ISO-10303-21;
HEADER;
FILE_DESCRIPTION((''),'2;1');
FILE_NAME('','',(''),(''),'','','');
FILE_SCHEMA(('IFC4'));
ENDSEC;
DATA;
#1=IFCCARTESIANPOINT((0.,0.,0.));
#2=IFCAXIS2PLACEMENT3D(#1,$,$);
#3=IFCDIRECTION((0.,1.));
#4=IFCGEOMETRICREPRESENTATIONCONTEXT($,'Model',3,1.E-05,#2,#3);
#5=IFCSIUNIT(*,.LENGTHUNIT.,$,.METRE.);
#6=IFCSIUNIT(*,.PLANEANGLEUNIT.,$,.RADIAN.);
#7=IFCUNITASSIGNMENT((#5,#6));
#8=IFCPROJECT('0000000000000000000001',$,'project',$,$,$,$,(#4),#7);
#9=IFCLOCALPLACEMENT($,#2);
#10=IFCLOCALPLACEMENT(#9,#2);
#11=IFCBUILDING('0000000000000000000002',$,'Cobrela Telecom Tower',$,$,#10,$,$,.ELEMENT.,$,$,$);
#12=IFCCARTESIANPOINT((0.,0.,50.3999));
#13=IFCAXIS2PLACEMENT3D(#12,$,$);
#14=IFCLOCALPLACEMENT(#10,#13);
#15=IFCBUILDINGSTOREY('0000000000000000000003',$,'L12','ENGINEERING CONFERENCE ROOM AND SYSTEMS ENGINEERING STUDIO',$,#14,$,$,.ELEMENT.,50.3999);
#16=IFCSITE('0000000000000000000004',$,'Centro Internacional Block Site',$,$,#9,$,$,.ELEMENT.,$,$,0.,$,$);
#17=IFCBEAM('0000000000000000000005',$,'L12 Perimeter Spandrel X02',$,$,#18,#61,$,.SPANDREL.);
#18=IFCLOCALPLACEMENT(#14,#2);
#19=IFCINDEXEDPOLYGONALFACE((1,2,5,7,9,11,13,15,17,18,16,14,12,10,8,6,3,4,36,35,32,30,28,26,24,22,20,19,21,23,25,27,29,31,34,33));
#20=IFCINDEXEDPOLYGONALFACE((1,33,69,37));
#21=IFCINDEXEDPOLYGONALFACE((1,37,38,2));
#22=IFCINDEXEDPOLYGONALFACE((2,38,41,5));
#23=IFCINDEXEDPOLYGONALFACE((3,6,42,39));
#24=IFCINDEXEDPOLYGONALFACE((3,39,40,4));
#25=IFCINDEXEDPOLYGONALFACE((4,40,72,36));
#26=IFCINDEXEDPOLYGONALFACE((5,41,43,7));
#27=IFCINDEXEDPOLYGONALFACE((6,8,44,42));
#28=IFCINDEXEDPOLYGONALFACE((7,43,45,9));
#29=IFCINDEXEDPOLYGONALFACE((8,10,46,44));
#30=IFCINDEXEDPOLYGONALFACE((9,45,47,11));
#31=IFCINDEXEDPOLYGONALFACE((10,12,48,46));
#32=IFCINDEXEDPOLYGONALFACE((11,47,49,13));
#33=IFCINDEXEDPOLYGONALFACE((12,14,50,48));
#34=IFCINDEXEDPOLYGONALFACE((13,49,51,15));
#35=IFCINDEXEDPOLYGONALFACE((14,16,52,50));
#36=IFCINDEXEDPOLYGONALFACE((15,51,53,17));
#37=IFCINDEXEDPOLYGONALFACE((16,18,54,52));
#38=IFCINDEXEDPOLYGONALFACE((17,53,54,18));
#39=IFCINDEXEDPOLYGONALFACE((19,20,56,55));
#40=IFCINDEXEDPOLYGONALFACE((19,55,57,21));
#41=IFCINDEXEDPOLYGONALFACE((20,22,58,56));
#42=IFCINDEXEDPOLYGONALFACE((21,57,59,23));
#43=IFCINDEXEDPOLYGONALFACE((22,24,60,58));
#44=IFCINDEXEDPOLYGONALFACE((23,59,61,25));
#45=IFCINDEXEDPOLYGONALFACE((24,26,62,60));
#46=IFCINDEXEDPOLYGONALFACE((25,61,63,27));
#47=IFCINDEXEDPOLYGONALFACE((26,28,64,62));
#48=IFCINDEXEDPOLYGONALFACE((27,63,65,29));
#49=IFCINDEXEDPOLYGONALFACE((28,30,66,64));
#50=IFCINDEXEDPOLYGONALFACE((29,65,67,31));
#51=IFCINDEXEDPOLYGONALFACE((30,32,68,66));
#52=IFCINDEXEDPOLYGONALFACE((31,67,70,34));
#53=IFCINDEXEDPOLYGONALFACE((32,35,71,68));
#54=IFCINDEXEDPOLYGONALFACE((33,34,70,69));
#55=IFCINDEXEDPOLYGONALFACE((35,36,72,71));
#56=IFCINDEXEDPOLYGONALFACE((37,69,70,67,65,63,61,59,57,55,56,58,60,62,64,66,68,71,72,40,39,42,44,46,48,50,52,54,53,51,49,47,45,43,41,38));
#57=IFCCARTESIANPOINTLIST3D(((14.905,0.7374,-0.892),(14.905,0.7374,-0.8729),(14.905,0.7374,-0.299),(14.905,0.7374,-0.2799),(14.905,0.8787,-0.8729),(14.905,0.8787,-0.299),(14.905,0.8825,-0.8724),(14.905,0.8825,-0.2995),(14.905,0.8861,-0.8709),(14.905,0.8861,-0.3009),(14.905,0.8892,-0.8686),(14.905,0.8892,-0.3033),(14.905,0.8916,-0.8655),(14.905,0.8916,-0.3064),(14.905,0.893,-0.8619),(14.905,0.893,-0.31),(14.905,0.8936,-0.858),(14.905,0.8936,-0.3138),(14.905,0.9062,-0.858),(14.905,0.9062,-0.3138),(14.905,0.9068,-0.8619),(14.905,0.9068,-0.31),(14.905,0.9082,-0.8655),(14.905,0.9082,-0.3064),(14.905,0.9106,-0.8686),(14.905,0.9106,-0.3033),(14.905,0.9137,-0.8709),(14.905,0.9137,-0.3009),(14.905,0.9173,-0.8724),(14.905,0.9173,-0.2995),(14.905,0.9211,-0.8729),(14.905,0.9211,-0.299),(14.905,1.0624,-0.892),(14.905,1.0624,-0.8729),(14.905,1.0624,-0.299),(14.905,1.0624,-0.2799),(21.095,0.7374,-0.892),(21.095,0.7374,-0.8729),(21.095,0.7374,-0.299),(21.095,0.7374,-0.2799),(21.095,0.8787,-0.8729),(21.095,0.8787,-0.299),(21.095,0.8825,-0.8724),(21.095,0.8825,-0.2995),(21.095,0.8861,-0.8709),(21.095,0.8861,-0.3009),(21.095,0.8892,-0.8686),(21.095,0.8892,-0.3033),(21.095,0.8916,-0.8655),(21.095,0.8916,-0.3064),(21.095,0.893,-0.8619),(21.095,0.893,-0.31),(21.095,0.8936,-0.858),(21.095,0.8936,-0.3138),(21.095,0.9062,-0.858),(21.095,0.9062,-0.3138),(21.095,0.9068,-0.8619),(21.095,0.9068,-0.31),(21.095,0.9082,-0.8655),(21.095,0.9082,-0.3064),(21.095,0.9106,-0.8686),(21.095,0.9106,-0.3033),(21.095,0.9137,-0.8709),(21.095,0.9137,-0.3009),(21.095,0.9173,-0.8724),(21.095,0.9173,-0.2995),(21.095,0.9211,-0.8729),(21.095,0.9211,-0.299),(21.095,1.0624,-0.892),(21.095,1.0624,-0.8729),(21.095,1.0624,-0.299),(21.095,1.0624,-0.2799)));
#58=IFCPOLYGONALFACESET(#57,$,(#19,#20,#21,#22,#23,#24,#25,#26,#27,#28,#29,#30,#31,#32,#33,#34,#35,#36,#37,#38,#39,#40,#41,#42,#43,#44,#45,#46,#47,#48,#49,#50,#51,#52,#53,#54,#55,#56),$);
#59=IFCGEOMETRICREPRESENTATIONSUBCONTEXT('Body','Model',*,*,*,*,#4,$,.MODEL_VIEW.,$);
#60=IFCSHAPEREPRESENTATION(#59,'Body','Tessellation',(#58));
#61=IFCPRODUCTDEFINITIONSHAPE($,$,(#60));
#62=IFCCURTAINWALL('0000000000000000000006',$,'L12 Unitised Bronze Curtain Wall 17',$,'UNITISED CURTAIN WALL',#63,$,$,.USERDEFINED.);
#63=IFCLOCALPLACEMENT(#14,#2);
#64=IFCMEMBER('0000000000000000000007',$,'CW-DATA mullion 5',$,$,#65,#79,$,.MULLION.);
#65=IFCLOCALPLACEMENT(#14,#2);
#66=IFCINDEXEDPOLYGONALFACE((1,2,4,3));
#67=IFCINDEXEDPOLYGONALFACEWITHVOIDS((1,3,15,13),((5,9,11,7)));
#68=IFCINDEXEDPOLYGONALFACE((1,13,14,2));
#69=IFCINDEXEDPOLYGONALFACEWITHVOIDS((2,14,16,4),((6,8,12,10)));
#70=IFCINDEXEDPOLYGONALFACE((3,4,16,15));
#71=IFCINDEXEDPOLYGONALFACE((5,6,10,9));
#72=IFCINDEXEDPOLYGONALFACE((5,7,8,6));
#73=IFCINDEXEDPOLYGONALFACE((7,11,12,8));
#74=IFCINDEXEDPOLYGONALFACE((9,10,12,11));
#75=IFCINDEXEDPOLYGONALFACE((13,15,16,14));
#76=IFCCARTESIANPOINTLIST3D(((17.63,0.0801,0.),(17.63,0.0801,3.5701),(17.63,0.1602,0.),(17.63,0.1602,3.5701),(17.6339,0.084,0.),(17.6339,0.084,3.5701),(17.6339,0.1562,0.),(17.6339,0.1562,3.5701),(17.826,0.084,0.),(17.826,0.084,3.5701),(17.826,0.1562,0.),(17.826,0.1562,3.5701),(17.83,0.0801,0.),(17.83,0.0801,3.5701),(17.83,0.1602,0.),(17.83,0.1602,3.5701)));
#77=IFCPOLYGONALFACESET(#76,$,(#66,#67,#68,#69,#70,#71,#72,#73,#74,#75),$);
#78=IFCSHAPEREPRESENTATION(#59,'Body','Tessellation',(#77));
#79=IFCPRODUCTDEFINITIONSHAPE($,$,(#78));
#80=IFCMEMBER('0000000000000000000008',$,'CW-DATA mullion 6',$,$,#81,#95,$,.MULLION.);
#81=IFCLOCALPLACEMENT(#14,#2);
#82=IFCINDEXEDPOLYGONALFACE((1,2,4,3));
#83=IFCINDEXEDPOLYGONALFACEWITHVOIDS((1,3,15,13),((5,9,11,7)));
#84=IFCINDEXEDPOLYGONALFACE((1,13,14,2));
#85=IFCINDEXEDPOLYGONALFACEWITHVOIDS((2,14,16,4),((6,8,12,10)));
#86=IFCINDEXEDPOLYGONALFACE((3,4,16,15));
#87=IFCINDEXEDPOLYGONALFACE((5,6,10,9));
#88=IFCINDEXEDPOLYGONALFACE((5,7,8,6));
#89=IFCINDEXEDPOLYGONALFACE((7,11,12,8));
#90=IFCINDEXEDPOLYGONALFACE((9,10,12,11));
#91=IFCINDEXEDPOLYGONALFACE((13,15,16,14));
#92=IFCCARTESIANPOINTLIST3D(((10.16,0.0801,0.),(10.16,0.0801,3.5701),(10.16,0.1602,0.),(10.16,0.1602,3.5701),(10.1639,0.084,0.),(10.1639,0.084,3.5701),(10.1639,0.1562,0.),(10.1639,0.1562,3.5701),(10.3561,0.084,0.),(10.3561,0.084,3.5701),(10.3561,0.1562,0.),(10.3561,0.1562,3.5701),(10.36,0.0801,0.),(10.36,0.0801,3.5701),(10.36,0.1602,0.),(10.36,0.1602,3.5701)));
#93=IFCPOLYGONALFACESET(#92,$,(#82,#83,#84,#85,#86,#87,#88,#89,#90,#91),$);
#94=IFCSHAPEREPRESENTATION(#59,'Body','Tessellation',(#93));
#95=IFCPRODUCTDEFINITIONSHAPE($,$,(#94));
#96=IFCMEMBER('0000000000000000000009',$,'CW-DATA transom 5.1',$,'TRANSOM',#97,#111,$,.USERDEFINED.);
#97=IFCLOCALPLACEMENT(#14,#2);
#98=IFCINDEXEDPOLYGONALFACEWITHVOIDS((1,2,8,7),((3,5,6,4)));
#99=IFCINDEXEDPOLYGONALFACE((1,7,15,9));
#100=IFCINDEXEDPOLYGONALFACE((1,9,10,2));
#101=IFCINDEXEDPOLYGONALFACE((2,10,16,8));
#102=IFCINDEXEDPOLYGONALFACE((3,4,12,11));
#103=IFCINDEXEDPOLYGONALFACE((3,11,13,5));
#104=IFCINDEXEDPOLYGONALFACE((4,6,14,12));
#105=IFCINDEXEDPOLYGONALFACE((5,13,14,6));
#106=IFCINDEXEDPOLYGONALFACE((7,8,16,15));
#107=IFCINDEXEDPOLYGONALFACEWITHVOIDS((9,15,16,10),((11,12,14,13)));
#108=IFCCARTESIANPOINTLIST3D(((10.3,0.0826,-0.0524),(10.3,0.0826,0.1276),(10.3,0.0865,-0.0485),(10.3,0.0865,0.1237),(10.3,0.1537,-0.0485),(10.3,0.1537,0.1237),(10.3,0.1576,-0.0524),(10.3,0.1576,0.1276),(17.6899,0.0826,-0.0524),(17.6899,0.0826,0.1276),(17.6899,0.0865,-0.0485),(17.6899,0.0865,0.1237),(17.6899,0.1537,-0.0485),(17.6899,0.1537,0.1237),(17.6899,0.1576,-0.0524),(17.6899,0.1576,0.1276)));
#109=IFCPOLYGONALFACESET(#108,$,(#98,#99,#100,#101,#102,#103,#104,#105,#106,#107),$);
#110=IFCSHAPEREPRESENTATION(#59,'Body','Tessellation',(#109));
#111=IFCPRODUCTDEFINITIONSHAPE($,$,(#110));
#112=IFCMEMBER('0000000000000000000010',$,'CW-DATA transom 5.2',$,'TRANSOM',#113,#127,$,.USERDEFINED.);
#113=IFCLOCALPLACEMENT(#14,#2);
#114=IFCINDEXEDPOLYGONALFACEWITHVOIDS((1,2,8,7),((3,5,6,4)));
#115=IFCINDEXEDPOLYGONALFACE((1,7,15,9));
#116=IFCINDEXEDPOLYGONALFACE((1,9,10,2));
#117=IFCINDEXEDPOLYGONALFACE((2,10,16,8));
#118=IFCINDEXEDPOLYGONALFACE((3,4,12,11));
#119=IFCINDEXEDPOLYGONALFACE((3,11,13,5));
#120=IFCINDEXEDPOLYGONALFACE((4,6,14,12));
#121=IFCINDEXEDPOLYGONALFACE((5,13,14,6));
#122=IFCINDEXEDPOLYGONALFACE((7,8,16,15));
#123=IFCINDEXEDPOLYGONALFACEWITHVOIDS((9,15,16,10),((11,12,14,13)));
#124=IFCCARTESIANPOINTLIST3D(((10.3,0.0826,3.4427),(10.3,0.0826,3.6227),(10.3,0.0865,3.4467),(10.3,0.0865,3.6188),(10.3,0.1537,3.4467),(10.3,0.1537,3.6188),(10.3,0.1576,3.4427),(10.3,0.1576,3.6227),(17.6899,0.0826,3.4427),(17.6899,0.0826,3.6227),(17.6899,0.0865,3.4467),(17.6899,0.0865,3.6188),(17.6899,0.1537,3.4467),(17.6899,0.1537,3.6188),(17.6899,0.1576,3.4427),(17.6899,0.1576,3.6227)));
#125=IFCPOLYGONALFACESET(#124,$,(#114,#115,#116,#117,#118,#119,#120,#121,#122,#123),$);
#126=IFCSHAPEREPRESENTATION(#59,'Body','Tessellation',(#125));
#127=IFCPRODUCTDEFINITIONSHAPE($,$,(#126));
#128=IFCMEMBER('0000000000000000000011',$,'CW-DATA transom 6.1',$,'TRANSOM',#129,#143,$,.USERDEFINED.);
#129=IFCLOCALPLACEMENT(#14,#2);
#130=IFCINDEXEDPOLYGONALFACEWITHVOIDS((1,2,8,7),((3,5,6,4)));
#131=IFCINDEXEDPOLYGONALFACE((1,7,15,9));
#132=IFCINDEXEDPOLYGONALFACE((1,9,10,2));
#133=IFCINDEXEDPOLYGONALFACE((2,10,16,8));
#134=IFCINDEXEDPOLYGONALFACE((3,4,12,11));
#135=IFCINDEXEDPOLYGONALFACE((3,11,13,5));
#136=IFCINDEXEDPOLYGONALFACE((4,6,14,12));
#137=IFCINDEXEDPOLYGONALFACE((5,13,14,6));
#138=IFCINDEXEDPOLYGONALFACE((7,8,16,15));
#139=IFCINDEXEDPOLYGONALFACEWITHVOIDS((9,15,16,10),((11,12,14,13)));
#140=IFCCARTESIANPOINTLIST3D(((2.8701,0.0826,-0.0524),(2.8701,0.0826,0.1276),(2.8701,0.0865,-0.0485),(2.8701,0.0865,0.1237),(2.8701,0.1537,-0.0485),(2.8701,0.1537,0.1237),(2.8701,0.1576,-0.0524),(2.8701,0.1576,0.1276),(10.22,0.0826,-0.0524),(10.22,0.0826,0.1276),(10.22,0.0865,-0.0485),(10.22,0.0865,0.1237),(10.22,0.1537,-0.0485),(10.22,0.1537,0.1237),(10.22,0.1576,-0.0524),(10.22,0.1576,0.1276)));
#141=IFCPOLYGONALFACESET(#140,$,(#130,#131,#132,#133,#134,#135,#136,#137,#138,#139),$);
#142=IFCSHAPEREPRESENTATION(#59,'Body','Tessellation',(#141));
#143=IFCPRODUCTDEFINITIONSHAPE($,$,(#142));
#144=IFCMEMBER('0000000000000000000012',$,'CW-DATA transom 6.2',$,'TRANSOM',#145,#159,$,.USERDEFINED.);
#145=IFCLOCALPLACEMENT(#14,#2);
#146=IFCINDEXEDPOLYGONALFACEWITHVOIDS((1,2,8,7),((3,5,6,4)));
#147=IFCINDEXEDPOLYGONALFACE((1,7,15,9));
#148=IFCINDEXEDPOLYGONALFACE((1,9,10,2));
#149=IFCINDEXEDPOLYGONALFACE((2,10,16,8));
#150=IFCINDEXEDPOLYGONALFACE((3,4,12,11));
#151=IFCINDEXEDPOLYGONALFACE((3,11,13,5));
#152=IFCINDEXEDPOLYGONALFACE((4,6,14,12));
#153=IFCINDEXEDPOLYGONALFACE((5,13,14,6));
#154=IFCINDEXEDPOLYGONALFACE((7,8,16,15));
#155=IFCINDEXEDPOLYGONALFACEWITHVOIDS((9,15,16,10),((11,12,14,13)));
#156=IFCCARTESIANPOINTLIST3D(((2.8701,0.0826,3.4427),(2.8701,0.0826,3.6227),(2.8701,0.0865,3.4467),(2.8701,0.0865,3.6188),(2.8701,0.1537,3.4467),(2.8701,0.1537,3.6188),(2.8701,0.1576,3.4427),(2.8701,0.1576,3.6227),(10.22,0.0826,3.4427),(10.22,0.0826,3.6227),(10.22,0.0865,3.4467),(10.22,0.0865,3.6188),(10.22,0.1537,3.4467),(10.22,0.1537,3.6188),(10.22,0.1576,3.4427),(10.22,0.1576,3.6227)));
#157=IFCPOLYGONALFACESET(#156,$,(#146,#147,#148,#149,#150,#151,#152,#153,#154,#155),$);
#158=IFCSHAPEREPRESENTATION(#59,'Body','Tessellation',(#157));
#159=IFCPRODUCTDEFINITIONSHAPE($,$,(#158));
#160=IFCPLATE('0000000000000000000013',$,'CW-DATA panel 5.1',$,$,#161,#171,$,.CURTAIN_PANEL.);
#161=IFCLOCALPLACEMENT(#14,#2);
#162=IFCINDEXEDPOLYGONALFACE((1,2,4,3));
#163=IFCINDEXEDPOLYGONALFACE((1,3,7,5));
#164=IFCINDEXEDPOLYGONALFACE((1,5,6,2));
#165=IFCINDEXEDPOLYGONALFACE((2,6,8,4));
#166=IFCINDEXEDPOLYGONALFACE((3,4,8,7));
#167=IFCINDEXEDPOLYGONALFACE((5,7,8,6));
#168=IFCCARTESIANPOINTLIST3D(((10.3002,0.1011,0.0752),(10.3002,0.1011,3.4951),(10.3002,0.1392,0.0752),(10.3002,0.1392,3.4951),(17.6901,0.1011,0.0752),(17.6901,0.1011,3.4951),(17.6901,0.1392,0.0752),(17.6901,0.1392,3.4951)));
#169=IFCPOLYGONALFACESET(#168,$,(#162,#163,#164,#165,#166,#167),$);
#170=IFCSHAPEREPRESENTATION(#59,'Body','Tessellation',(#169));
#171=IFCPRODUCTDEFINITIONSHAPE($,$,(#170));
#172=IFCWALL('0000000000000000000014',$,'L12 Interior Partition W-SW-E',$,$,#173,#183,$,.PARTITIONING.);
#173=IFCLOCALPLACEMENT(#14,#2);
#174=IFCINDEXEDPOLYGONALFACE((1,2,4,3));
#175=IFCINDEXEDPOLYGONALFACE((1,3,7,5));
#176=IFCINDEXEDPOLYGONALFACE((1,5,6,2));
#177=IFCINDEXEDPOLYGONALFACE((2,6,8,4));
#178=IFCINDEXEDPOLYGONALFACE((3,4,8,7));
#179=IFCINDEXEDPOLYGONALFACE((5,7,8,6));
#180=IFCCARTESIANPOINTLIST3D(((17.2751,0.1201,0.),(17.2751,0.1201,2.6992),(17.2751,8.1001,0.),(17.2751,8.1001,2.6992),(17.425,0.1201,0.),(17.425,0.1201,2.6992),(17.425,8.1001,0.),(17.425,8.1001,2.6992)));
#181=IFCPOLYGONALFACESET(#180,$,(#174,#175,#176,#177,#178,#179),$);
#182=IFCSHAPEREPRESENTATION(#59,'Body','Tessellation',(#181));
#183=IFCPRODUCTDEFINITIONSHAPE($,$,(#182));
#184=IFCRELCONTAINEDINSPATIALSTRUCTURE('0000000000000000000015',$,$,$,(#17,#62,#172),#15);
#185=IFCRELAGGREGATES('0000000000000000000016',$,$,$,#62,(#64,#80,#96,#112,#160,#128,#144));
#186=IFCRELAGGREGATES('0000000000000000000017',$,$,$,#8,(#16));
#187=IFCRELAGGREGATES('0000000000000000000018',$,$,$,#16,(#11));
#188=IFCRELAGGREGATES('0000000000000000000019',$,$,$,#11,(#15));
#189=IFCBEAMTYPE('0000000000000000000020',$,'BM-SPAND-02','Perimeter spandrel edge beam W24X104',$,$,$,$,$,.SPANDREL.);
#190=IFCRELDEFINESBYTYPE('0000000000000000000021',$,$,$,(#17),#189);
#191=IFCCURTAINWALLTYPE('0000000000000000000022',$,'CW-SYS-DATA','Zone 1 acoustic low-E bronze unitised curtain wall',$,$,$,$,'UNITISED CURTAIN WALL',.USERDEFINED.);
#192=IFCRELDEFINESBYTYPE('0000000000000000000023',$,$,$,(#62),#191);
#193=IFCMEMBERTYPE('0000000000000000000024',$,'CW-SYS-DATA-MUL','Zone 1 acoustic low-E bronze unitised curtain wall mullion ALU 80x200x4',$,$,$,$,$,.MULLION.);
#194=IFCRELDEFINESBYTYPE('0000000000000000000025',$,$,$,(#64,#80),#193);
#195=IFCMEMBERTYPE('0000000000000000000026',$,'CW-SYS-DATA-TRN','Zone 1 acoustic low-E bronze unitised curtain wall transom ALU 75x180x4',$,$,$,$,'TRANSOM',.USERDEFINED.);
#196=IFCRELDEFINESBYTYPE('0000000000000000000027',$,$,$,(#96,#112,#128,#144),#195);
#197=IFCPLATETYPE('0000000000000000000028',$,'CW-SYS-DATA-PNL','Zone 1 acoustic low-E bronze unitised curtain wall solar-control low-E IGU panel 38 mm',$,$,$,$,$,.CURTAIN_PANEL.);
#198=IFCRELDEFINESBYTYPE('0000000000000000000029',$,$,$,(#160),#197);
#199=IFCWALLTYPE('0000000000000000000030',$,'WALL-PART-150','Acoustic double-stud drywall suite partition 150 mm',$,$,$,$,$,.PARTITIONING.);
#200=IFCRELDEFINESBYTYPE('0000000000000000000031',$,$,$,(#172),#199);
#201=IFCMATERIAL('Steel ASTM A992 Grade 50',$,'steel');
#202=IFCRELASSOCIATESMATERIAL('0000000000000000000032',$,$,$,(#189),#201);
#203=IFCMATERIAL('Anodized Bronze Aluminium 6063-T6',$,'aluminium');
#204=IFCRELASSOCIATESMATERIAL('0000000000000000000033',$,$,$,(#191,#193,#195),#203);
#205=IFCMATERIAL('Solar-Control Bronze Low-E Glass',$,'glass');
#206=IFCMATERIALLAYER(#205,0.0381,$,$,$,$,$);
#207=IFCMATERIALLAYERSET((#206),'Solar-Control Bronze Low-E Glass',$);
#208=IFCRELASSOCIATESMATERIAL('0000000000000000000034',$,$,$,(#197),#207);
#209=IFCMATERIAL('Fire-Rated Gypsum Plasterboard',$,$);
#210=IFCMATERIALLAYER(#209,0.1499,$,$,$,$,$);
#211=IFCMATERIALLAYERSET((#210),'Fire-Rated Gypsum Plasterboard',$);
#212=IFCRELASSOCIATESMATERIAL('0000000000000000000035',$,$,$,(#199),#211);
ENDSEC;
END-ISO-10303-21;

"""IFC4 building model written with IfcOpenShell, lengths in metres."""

from ifc_helpers import new_model, si_unit, direction, frame, frame_2d, origin, origin_2d, place, context, subcontext, project, spatial, rectangle, hollow_rectangle, i_section, extrude, material, layer, layer_set, material_profile, profile_set, type_object, element, aggregate, save


model = new_model("IFC4")

# Units and contexts
model_context = context("Model", 3, precision=1e-05, world=origin(), true_north=direction((0.0, 1.0)))
body_context = subcontext(model_context, "Body", "Model", "MODEL_VIEW")
ifc_project = project(units=[si_unit("LENGTHUNIT", "METRE"), si_unit("PLANEANGLEUNIT", "RADIAN")], contexts=[model_context])

# Site, building, storey
site_placement = place(None, origin())
site = spatial("IfcSite", under=ifc_project, at=site_placement, Name="Centro Internacional Block Site", CompositionType="ELEMENT", RefElevation=0.0)
building_placement = place(site_placement, origin())
building = spatial("IfcBuilding", under=site, at=building_placement, Name="Cobrela Telecom Tower", CompositionType="ELEMENT")
storey_placement = place(building_placement, frame((0.0, 0.0, 50.3999)))
storey = spatial("IfcBuildingStorey", under=building, at=storey_placement, Name="L12", Description="ENGINEERING CONFERENCE ROOM AND SYSTEMS ENGINEERING STUDIO", CompositionType="ELEMENT", Elevation=50.3999)

# Beam
ifc_material_1 = material(Name="Steel ASTM A992 Grade 50", Category="steel")
ifc_material_profile_1 = material_profile(ifc_material_1, i_section(OverallWidth=0.325, OverallDepth=0.6121, WebThickness=0.0127, FlangeThickness=0.019, FilletRadius=0.0149, at=origin_2d()), Name="W24X104")
ifc_profile_set_1 = profile_set([ifc_material_profile_1], Name="Steel ASTM A992 Grade 50")
beam_type_1 = type_object("IfcBeamType", Name="BM-SPAND-02", Description="Perimeter spandrel edge beam W24X104", PredefinedType="SPANDREL", material=ifc_profile_set_1)
for number, where, z_axis, x_axis, name in (
    (1, (14.905, 0.8999, -0.5859), (1.0, 0.0, 0.0), (0.0, 1.0, 0.0), "L12 Perimeter Spandrel X02"),
):
    element("IfcBeam", number, at=place(storey_placement, frame(where, z_axis=z_axis, x_axis=x_axis)), inside=storey, type_object=beam_type_1, Name=name, PredefinedType="SPANDREL", context=body_context, shape_type="SweptSolid", body=[
        extrude(i_section(OverallWidth=0.325, OverallDepth=0.6121, WebThickness=0.0127, FlangeThickness=0.019, FilletRadius=0.0149, at=origin_2d()), origin(), (0.0, 0.0, 1.0), 6.1899),
    ])

# Curtain wall, members, plate
ifc_material_2 = material(Name="Anodized Bronze Aluminium 6063-T6", Category="aluminium")
curtain_wall_type = type_object("IfcCurtainWallType", Name="CW-SYS-DATA", Description="Zone 1 acoustic low-E bronze unitised curtain wall", ElementType="UNITISED CURTAIN WALL", PredefinedType="USERDEFINED", material=ifc_material_2)
curtain_wall_placement = place(storey_placement, origin())
curtain_wall = element("IfcCurtainWall", 2, at=curtain_wall_placement, inside=storey, type_object=curtain_wall_type, Name="L12 Unitised Bronze Curtain Wall 17", ObjectType="UNITISED CURTAIN WALL", PredefinedType="USERDEFINED")
ifc_material_profile_2 = material_profile(ifc_material_2, hollow_rectangle(XDim=0.0801, YDim=0.2, WallThickness=0.0039, at=origin_2d()), Name="ALU 80x200x4")
ifc_profile_set_2 = profile_set([ifc_material_profile_2], Name="Anodized Bronze Aluminium 6063-T6")
member_type_1 = type_object("IfcMemberType", Name="CW-SYS-DATA-MUL", Description="Zone 1 acoustic low-E bronze unitised curtain wall mullion ALU 80x200x4", PredefinedType="MULLION", material=ifc_profile_set_2)
member_1_placement = place(storey_placement, frame((17.73, 0.1201, 0.0), z_axis=(0.0, 0.0, 1.0), x_axis=(0.0, -1.0, 0.0)))
member_1 = element("IfcMember", 3, at=member_1_placement, type_object=member_type_1, Name="CW-DATA mullion 5", PredefinedType="MULLION", context=body_context, shape_type="SweptSolid", body=[
    extrude(hollow_rectangle(XDim=0.0801, YDim=0.2, WallThickness=0.0039, at=origin_2d()), origin(), (0.0, 0.0, 1.0), 3.5701),
])
member_2_placement = place(storey_placement, frame((10.26, 0.1201, 0.0), z_axis=(0.0, 0.0, 1.0), x_axis=(0.0, -1.0, 0.0)))
member_2 = element("IfcMember", 4, at=member_2_placement, type_object=member_type_1, Name="CW-DATA mullion 6", PredefinedType="MULLION", context=body_context, shape_type="SweptSolid", body=[
    extrude(hollow_rectangle(XDim=0.0801, YDim=0.2, WallThickness=0.0039, at=origin_2d()), origin(), (0.0, 0.0, 1.0), 3.5701),
])
ifc_material_profile_3 = material_profile(ifc_material_2, hollow_rectangle(XDim=0.075, YDim=0.1799, WallThickness=0.0039, at=origin_2d()), Name="ALU 75x180x4")
ifc_profile_set_3 = profile_set([ifc_material_profile_3], Name="Anodized Bronze Aluminium 6063-T6")
member_type_2 = type_object("IfcMemberType", Name="CW-SYS-DATA-TRN", Description="Zone 1 acoustic low-E bronze unitised curtain wall transom ALU 75x180x4", ElementType="TRANSOM", PredefinedType="USERDEFINED", material=ifc_profile_set_3)
member_3_placement = place(storey_placement, frame((17.6899, 0.1201, 0.0376), z_axis=(-1.0, 0.0, 0.0), x_axis=(0.0, -1.0, 0.0)))
member_3 = element("IfcMember", 5, at=member_3_placement, type_object=member_type_2, Name="CW-DATA transom 5.1", ObjectType="TRANSOM", PredefinedType="USERDEFINED", context=body_context, shape_type="SweptSolid", body=[
    extrude(hollow_rectangle(XDim=0.075, YDim=0.1799, WallThickness=0.0039, at=origin_2d()), origin(), (0.0, 0.0, 1.0), 7.3899),
])
member_4_placement = place(storey_placement, frame((17.6899, 0.1201, 3.5327), z_axis=(-1.0, 0.0, 0.0), x_axis=(0.0, -1.0, 0.0)))
member_4 = element("IfcMember", 6, at=member_4_placement, type_object=member_type_2, Name="CW-DATA transom 5.2", ObjectType="TRANSOM", PredefinedType="USERDEFINED", context=body_context, shape_type="SweptSolid", body=[
    extrude(hollow_rectangle(XDim=0.075, YDim=0.1799, WallThickness=0.0039, at=origin_2d()), origin(), (0.0, 0.0, 1.0), 7.3899),
])
member_5_placement = place(storey_placement, frame((10.22, 0.1201, 0.0376), z_axis=(-1.0, 0.0, 0.0), x_axis=(0.0, -1.0, 0.0)))
member_5 = element("IfcMember", 7, at=member_5_placement, type_object=member_type_2, Name="CW-DATA transom 6.1", ObjectType="TRANSOM", PredefinedType="USERDEFINED", context=body_context, shape_type="SweptSolid", body=[
    extrude(hollow_rectangle(XDim=0.075, YDim=0.1799, WallThickness=0.0039, at=origin_2d()), origin(), (0.0, 0.0, 1.0), 7.3499),
])
member_6_placement = place(storey_placement, frame((10.22, 0.1201, 3.5327), z_axis=(-1.0, 0.0, 0.0), x_axis=(0.0, -1.0, 0.0)))
member_6 = element("IfcMember", 8, at=member_6_placement, type_object=member_type_2, Name="CW-DATA transom 6.2", ObjectType="TRANSOM", PredefinedType="USERDEFINED", context=body_context, shape_type="SweptSolid", body=[
    extrude(hollow_rectangle(XDim=0.075, YDim=0.1799, WallThickness=0.0039, at=origin_2d()), origin(), (0.0, 0.0, 1.0), 7.3499),
])
ifc_material_3 = material(Name="Solar-Control Bronze Low-E Glass", Category="glass")
ifc_layer_1 = layer(ifc_material_3, 0.0381)
ifc_layer_set_1 = layer_set([ifc_layer_1], Name="Solar-Control Bronze Low-E Glass")
plate_type = type_object("IfcPlateType", Name="CW-SYS-DATA-PNL", Description="Zone 1 acoustic low-E bronze unitised curtain wall solar-control low-E IGU panel 38 mm", PredefinedType="CURTAIN_PANEL", material=ifc_layer_set_1)
plate_placement = place(storey_placement, frame((13.9951, 0.1201, 0.0752), z_axis=(0.0, 0.0, 1.0), x_axis=(-1.0, 0.0, 0.0)))
plate = element("IfcPlate", 9, at=plate_placement, type_object=plate_type, Name="CW-DATA panel 5.1", PredefinedType="CURTAIN_PANEL", context=body_context, shape_type="SweptSolid", body=[
    extrude(rectangle(XDim=7.3899, YDim=0.0381, at=origin_2d()), origin(), (0.0, 0.0, 1.0), 3.4199),
])
aggregate(curtain_wall, [member_1, member_2, member_3, member_4, plate, member_5, member_6])

# Wall
ifc_material_4 = material(Name="Fire-Rated Gypsum Plasterboard")
ifc_layer_2 = layer(ifc_material_4, 0.1499)
ifc_layer_set_2 = layer_set([ifc_layer_2], Name="Fire-Rated Gypsum Plasterboard")
wall_type = type_object("IfcWallType", Name="WALL-PART-150", Description="Acoustic double-stud drywall suite partition 150 mm", PredefinedType="PARTITIONING", material=ifc_layer_set_2)
wall_placement = place(storey_placement, frame((17.3501, 0.1201, 0.0), z_axis=(0.0, 0.0, 1.0), x_axis=(0.0, 1.0, 0.0)))
element("IfcWall", 10, at=wall_placement, inside=storey, type_object=wall_type, Name="L12 Interior Partition W-SW-E", PredefinedType="PARTITIONING", context=body_context, shape_type="SweptSolid", body=[
    extrude(rectangle(XDim=7.98, YDim=0.1499, at=frame_2d((3.99, 0.0))), origin(), (0.0, 0.0, 1.0), 2.6992),
])

save(model, "model.ifc")
